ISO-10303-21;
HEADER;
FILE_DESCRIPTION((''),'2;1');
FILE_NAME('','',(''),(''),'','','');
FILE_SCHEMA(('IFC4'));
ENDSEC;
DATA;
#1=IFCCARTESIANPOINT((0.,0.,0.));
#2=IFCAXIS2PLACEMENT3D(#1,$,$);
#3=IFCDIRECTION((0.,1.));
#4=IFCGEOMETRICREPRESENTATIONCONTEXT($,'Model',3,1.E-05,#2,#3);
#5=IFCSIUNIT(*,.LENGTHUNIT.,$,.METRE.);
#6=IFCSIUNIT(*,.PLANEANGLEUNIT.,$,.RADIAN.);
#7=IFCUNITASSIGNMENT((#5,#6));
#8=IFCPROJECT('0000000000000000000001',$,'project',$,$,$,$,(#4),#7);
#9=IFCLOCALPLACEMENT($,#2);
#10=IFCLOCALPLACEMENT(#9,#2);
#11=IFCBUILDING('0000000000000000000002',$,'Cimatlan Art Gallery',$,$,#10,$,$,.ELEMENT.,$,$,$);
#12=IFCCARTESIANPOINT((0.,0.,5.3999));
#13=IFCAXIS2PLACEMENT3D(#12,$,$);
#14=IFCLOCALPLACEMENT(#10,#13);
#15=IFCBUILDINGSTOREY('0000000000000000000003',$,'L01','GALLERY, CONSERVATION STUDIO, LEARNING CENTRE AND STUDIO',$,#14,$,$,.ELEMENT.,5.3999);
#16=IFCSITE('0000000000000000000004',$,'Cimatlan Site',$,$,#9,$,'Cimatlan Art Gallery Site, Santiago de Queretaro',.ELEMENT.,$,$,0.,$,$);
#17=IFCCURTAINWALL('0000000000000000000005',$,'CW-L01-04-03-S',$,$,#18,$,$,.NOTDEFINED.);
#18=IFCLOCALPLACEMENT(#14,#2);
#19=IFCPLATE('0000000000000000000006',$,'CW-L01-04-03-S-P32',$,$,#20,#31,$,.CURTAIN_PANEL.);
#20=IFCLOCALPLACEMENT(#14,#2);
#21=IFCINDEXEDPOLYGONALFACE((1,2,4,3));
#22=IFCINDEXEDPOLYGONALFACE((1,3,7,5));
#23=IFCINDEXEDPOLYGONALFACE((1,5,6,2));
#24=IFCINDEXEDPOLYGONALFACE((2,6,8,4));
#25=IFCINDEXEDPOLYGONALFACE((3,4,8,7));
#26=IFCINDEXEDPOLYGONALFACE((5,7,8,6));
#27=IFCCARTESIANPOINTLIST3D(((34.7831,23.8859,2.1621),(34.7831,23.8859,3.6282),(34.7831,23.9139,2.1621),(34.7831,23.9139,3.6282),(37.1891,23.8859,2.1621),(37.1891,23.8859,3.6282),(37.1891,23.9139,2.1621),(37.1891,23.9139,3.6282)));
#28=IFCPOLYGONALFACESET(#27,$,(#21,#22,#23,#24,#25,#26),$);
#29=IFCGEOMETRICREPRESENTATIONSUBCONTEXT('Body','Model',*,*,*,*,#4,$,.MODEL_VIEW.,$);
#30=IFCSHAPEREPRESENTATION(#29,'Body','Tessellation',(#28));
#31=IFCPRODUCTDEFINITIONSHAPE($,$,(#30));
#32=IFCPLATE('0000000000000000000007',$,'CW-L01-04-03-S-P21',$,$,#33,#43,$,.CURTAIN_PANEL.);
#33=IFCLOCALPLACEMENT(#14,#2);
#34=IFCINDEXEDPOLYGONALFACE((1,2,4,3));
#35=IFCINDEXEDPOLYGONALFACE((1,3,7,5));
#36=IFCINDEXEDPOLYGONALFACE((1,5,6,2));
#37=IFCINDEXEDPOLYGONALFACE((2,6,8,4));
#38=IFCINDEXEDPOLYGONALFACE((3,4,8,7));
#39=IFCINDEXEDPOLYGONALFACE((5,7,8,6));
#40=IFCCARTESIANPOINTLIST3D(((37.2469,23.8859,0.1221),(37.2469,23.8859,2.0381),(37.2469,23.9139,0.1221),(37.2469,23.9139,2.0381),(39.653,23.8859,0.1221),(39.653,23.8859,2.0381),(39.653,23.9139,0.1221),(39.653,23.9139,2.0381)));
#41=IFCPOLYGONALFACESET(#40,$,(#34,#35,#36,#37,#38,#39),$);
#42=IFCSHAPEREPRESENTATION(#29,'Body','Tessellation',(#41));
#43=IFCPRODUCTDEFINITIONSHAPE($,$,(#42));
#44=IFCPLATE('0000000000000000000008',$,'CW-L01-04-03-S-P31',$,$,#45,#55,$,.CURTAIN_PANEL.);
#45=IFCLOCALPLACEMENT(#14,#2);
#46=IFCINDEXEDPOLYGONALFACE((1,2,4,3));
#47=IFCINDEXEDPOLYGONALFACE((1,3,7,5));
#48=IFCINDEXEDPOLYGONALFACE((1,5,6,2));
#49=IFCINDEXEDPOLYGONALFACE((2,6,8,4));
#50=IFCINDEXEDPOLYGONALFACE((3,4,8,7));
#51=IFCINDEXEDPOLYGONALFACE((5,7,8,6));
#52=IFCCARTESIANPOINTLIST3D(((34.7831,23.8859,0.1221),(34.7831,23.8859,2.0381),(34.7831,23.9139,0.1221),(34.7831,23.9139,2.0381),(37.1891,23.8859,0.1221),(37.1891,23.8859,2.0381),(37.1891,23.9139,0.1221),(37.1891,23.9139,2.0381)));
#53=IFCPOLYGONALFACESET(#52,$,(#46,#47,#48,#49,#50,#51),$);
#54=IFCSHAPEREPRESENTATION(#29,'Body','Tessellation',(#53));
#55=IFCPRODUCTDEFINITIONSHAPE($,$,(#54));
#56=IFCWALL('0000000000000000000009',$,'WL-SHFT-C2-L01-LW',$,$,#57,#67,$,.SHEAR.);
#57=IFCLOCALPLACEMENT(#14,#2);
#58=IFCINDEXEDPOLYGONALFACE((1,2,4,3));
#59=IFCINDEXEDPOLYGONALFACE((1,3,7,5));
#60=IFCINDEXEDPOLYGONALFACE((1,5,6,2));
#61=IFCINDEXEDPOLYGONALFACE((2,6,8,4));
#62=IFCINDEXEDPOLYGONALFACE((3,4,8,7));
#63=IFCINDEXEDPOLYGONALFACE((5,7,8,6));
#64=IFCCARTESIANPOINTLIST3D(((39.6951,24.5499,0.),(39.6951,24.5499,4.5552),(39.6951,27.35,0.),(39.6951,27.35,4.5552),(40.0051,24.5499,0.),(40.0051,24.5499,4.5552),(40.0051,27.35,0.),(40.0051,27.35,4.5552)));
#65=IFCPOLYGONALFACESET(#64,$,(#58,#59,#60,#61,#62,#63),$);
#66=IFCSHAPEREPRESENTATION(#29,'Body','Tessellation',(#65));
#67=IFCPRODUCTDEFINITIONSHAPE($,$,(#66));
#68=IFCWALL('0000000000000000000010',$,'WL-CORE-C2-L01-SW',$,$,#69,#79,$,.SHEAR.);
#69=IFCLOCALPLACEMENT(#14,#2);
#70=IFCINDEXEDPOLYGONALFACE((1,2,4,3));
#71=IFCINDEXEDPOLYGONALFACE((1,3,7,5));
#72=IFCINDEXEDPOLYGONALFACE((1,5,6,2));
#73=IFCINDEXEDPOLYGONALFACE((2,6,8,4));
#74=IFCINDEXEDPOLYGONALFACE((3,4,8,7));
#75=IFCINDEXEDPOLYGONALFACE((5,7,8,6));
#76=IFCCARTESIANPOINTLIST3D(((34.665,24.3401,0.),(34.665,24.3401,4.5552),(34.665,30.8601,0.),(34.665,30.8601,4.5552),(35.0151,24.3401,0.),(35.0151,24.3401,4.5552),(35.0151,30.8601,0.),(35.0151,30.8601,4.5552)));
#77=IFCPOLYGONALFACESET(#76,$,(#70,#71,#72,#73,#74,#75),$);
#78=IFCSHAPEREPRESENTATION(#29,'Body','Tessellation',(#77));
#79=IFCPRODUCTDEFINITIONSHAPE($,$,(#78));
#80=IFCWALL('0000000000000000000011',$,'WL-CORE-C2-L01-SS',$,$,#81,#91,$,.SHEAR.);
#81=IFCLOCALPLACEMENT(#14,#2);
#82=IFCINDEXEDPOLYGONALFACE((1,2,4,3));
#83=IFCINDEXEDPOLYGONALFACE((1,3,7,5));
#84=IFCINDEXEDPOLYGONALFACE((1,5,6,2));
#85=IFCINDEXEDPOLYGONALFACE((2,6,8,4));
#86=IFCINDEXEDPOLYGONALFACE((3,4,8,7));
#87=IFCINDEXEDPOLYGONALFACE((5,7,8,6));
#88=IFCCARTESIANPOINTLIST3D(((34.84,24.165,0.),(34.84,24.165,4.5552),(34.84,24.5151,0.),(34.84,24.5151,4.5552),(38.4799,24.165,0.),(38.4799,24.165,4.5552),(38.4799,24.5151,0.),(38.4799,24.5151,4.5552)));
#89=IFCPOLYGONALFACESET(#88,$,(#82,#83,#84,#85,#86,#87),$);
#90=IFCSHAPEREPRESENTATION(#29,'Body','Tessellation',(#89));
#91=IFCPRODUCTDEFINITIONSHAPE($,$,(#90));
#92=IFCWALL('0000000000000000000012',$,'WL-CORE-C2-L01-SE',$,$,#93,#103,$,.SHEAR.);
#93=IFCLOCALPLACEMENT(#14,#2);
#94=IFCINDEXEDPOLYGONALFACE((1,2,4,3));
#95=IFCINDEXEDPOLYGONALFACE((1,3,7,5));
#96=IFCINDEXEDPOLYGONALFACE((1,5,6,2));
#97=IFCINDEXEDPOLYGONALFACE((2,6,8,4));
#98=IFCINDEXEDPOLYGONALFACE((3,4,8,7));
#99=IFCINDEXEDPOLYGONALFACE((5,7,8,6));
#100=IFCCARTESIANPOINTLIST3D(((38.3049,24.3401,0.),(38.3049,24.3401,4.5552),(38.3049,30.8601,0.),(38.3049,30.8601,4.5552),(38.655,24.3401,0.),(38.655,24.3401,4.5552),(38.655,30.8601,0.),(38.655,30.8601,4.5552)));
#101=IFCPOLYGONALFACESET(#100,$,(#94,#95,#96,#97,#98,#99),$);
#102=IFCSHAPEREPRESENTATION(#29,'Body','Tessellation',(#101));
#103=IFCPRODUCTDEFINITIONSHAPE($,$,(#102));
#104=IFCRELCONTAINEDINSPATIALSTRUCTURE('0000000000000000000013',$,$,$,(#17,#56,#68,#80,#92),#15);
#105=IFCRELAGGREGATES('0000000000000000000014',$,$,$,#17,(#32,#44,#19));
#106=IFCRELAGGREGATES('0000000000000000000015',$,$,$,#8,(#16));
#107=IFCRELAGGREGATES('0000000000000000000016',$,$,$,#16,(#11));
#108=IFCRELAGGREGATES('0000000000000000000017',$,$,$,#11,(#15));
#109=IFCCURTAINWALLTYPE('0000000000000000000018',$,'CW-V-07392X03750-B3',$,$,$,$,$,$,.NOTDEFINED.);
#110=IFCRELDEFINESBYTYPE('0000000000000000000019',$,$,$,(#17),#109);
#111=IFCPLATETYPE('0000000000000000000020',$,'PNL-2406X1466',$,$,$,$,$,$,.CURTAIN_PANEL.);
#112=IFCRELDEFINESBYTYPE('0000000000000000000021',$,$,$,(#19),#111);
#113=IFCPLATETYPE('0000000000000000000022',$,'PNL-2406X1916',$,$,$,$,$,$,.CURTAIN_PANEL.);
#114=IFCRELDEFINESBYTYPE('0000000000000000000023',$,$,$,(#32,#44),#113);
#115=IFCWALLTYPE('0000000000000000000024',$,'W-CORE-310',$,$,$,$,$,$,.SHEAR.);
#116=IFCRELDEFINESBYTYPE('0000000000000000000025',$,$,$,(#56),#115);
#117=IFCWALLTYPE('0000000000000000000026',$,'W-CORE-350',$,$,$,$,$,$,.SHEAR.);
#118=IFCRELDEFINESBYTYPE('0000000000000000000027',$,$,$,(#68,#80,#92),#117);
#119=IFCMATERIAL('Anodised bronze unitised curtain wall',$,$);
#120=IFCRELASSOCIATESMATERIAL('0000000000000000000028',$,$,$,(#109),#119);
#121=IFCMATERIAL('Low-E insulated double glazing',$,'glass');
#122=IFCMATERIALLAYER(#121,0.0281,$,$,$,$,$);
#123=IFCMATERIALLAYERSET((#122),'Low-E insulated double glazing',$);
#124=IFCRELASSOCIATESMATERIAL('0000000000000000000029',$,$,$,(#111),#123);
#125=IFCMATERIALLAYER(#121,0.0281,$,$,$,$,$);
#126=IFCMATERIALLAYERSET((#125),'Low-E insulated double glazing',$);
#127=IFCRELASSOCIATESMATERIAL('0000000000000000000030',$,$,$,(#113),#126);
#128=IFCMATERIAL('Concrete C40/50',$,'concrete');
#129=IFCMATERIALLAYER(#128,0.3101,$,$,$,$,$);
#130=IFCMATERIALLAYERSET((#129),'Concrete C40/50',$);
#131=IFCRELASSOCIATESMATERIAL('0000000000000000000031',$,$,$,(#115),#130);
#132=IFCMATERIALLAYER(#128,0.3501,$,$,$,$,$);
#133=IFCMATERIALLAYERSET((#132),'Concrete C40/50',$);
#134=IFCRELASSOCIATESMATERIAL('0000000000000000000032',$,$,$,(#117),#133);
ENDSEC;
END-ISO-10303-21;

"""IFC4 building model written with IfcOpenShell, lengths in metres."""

from ifc_helpers import new_model, si_unit, direction, frame, frame_2d, origin, origin_2d, place, context, subcontext, project, spatial, rectangle, extrude, material, layer, layer_set, type_object, element, aggregate, save


model = new_model("IFC4")

# Units and contexts
model_context = context("Model", 3, precision=1e-05, world=origin(), true_north=direction((0.0, 1.0)))
body_context = subcontext(model_context, "Body", "Model", "MODEL_VIEW")
ifc_project = project(units=[si_unit("LENGTHUNIT", "METRE"), si_unit("PLANEANGLEUNIT", "RADIAN")], contexts=[model_context])

# Site, building, storey
site_placement = place(None, origin())
site = spatial("IfcSite", under=ifc_project, at=site_placement, Name="Cimatlan Site", LongName="Cimatlan Art Gallery Site, Santiago de Queretaro", CompositionType="ELEMENT", RefElevation=0.0)
building_placement = place(site_placement, origin())
building = spatial("IfcBuilding", under=site, at=building_placement, Name="Cimatlan Art Gallery", CompositionType="ELEMENT")
storey_placement = place(building_placement, frame((0.0, 0.0, 5.3999)))
storey = spatial("IfcBuildingStorey", under=building, at=storey_placement, Name="L01", Description="GALLERY, CONSERVATION STUDIO, LEARNING CENTRE AND STUDIO", CompositionType="ELEMENT", Elevation=5.3999)

# Shared definitions
ifc_material_1 = material(Name="Concrete C40/50", Category="concrete")

# Shared definitions
ifc_material_2 = material(Name="Anodised bronze unitised curtain wall")

# Curtain wall
curtain_wall_type_1 = type_object("IfcCurtainWallType", Name="CW-V-07392X03750-B3", PredefinedType="NOTDEFINED", material=ifc_material_2)
curtain_wall_1_placement = place(storey_placement, origin())
curtain_wall_1 = element("IfcCurtainWall", 1, at=curtain_wall_1_placement, inside=storey, type_object=curtain_wall_type_1, Name="CW-L01-04-03-S", PredefinedType="NOTDEFINED")

# Plates
ifc_material_3 = material(Name="Low-E insulated double glazing", Category="glass")
ifc_layer_1 = layer(ifc_material_3, 0.0281)
ifc_layer_set_1 = layer_set([ifc_layer_1], Name="Low-E insulated double glazing")
plate_type_1 = type_object("IfcPlateType", Name="PNL-2406X1466", PredefinedType="CURTAIN_PANEL", material=ifc_layer_set_1)
plate_1_placement = place(storey_placement, frame((35.9861, 23.8999, 2.1621), z_axis=(0.0, 0.0, 1.0), x_axis=(-1.0, 0.0, 0.0)))
plate_1 = element("IfcPlate", 2, at=plate_1_placement, type_object=plate_type_1, Name="CW-L01-04-03-S-P32", PredefinedType="CURTAIN_PANEL", context=body_context, shape_type="SweptSolid", body=[
    extrude(rectangle(XDim=2.406, YDim=0.0281, at=origin_2d()), origin(), (0.0, 0.0, 1.0), 1.4661),
])
ifc_layer_2 = layer(ifc_material_3, 0.0281)
ifc_layer_set_2 = layer_set([ifc_layer_2], Name="Low-E insulated double glazing")
plate_type_2 = type_object("IfcPlateType", Name="PNL-2406X1916", PredefinedType="CURTAIN_PANEL", material=ifc_layer_set_2)
plate_2_placement = place(storey_placement, frame((38.45, 23.8999, 0.1221), z_axis=(0.0, 0.0, 1.0), x_axis=(-1.0, 0.0, 0.0)))
plate_2 = element("IfcPlate", 3, at=plate_2_placement, type_object=plate_type_2, Name="CW-L01-04-03-S-P21", PredefinedType="CURTAIN_PANEL", context=body_context, shape_type="SweptSolid", body=[
    extrude(rectangle(XDim=2.406, YDim=0.0281, at=origin_2d()), origin(), (0.0, 0.0, 1.0), 1.916),
])
plate_3_placement = place(storey_placement, frame((35.9861, 23.8999, 0.1221), z_axis=(0.0, 0.0, 1.0), x_axis=(-1.0, 0.0, 0.0)))
plate_3 = element("IfcPlate", 4, at=plate_3_placement, type_object=plate_type_2, Name="CW-L01-04-03-S-P31", PredefinedType="CURTAIN_PANEL", context=body_context, shape_type="SweptSolid", body=[
    extrude(rectangle(XDim=2.406, YDim=0.0281, at=origin_2d()), origin(), (0.0, 0.0, 1.0), 1.916),
])
aggregate(curtain_wall_1, [plate_2, plate_3, plate_1])

# Walls
ifc_layer_3 = layer(ifc_material_1, 0.3101)
ifc_layer_set_3 = layer_set([ifc_layer_3], Name="Concrete C40/50")
wall_type_1 = type_object("IfcWallType", Name="W-CORE-310", PredefinedType="SHEAR", material=ifc_layer_set_3)
wall_1_placement = place(storey_placement, frame((39.8501, 24.55, 0.0), z_axis=(0.0, 0.0, 1.0), x_axis=(0.0, 1.0, 0.0)))
element("IfcWall", 5, at=wall_1_placement, inside=storey, type_object=wall_type_1, Name="WL-SHFT-C2-L01-LW", PredefinedType="SHEAR", context=body_context, shape_type="SweptSolid", body=[
    extrude(rectangle(XDim=2.8, YDim=0.3101, at=frame_2d((1.3999, 0.0))), origin(), (0.0, 0.0, 1.0), 4.5552),
])
ifc_layer_4 = layer(ifc_material_1, 0.3501)
ifc_layer_set_4 = layer_set([ifc_layer_4], Name="Concrete C40/50")
wall_type_2 = type_object("IfcWallType", Name="W-CORE-350", PredefinedType="SHEAR", material=ifc_layer_set_4)
wall_2_placement = place(storey_placement, frame((34.8401, 24.3401, 0.0), z_axis=(0.0, 0.0, 1.0), x_axis=(0.0, 1.0, 0.0)))
element("IfcWall", 6, at=wall_2_placement, inside=storey, type_object=wall_type_2, Name="WL-CORE-C2-L01-SW", PredefinedType="SHEAR", context=body_context, shape_type="SweptSolid", body=[
    extrude(rectangle(XDim=6.52, YDim=0.3501, at=frame_2d((3.26, 0.0))), origin(), (0.0, 0.0, 1.0), 4.5552),
])
wall_3_placement = place(storey_placement, frame((34.8401, 24.3401, 0.0), z_axis=(0.0, 0.0, 1.0), x_axis=(1.0, 0.0, 0.0)))
element("IfcWall", 7, at=wall_3_placement, inside=storey, type_object=wall_type_2, Name="WL-CORE-C2-L01-SS", PredefinedType="SHEAR", context=body_context, shape_type="SweptSolid", body=[
    extrude(rectangle(XDim=3.6399, YDim=0.3501, at=frame_2d((1.8198, 0.0))), origin(), (0.0, 0.0, 1.0), 4.5552),
])
wall_4_placement = place(storey_placement, frame((38.48, 24.3401, 0.0), z_axis=(0.0, 0.0, 1.0), x_axis=(0.0, 1.0, 0.0)))
element("IfcWall", 8, at=wall_4_placement, inside=storey, type_object=wall_type_2, Name="WL-CORE-C2-L01-SE", PredefinedType="SHEAR", context=body_context, shape_type="SweptSolid", body=[
    extrude(rectangle(XDim=6.52, YDim=0.3501, at=frame_2d((3.26, 0.0))), origin(), (0.0, 0.0, 1.0), 4.5552),
])

save(model, "model.ifc")
